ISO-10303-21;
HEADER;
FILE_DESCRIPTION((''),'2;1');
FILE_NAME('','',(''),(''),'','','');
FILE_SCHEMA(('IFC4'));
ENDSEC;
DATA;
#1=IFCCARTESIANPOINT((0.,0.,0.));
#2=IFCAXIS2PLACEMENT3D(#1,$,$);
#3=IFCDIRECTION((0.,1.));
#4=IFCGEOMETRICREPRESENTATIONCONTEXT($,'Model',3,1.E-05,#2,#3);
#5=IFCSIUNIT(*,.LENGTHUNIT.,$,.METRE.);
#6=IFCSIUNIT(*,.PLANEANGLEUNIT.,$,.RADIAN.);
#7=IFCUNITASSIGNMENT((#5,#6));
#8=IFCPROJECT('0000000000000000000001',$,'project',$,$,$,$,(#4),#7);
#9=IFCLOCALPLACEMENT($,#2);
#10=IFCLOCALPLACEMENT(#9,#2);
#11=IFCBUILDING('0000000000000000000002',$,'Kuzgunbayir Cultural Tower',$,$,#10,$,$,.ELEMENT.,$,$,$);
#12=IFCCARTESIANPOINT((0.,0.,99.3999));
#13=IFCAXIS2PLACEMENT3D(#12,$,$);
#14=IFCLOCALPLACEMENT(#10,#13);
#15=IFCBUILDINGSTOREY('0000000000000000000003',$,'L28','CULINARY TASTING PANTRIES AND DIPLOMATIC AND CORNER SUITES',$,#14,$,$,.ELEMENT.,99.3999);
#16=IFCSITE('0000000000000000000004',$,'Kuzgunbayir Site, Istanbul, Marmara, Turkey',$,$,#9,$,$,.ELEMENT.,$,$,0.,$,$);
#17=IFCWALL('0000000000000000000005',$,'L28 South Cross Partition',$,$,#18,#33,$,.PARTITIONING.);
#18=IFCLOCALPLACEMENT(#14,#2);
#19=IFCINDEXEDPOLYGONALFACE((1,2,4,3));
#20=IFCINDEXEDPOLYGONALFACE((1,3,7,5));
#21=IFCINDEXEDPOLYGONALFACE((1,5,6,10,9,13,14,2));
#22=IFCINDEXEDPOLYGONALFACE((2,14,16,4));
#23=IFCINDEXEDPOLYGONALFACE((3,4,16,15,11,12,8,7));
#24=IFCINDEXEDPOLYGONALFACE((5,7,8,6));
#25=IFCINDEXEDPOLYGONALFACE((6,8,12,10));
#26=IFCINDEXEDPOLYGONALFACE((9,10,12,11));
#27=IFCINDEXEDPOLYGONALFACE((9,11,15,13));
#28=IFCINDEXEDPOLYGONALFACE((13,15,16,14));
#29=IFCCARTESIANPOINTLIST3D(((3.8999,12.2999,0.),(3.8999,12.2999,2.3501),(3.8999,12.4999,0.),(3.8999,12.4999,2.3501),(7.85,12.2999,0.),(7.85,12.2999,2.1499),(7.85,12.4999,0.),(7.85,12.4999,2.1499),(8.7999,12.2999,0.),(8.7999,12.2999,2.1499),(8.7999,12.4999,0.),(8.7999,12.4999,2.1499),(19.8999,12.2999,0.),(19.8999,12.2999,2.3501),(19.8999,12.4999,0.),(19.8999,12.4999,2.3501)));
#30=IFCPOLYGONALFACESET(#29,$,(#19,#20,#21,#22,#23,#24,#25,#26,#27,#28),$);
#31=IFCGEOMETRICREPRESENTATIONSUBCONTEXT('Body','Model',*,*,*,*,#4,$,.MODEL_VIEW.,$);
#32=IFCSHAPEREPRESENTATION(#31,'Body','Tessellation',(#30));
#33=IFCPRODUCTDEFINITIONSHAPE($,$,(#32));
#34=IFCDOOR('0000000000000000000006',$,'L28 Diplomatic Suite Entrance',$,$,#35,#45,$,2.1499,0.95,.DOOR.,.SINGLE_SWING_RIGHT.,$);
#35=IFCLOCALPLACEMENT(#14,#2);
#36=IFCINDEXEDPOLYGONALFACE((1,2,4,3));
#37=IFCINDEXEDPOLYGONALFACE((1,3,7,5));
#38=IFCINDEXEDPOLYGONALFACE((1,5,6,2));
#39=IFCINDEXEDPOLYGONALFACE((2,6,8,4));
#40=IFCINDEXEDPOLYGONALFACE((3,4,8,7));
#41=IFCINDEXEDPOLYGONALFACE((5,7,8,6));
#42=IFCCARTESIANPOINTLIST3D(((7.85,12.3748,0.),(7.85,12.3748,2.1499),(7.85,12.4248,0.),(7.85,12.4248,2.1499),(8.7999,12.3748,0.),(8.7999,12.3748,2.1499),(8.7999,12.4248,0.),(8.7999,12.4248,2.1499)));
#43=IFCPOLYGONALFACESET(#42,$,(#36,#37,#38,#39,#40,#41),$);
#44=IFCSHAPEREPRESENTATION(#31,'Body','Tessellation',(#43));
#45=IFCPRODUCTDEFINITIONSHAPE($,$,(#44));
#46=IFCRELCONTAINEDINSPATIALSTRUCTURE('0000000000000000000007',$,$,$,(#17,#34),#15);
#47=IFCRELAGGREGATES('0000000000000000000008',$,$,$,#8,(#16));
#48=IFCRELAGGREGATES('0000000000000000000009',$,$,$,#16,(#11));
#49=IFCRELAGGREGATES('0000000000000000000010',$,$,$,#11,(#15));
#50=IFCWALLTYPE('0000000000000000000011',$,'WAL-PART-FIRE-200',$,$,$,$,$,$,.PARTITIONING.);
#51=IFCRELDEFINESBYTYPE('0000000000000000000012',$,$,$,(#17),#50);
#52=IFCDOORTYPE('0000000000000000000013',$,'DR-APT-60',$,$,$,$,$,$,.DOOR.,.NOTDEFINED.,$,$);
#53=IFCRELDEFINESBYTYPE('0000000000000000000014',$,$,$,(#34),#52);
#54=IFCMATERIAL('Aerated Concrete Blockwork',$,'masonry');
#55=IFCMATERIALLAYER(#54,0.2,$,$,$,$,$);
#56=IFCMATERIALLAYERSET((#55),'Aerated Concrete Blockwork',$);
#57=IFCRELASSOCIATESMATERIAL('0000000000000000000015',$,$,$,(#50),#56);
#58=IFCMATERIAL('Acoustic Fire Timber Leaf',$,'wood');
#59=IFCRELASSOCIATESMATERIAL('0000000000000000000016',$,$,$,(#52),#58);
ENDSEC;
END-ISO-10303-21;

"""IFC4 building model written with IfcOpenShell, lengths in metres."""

from ifc_helpers import new_model, si_unit, direction, frame, frame_2d, origin, place, context, subcontext, project, spatial, rectangle, extrude, material, layer, layer_set, type_object, element, fill, save


model = new_model("IFC4")

# Units and contexts
model_context = context("Model", 3, precision=1e-05, world=origin(), true_north=direction((0.0, 1.0)))
body_context = subcontext(model_context, "Body", "Model", "MODEL_VIEW")
ifc_project = project(units=[si_unit("LENGTHUNIT", "METRE"), si_unit("PLANEANGLEUNIT", "RADIAN")], contexts=[model_context])

# Site, building, storey
site_placement = place(None, origin())
site = spatial("IfcSite", under=ifc_project, at=site_placement, Name="Kuzgunbayir Site, Istanbul, Marmara, Turkey", CompositionType="ELEMENT", RefElevation=0.0)
building_placement = place(site_placement, origin())
building = spatial("IfcBuilding", under=site, at=building_placement, Name="Kuzgunbayir Cultural Tower", CompositionType="ELEMENT")
storey_placement = place(building_placement, frame((0.0, 0.0, 99.3999)))
storey = spatial("IfcBuildingStorey", under=building, at=storey_placement, Name="L28", Description="CULINARY TASTING PANTRIES AND DIPLOMATIC AND CORNER SUITES", CompositionType="ELEMENT", Elevation=99.3999)

# Shared definitions
ifc_material_1 = material(Name="Aerated Concrete Blockwork", Category="masonry")
ifc_layer_1 = layer(ifc_material_1, 0.2)
ifc_layer_set_1 = layer_set([ifc_layer_1], Name="Aerated Concrete Blockwork")
wall_type_1 = type_object("IfcWallType", Name="WAL-PART-FIRE-200", PredefinedType="PARTITIONING", material=ifc_layer_set_1)
ifc_material_2 = material(Name="Acoustic Fire Timber Leaf", Category="wood")
door_type_1 = type_object("IfcDoorType", Name="DR-APT-60", OperationType="NOTDEFINED", PredefinedType="DOOR", material=ifc_material_2)

# Wall, opening, door
wall_1_placement = place(storey_placement, frame((3.8999, 12.3999, 0.0), z_axis=(0.0, 0.0, 1.0), x_axis=(1.0, 0.0, 0.0)))
wall_1 = element("IfcWall", 1, at=wall_1_placement, inside=storey, type_object=wall_type_1, Name="L28 South Cross Partition", PredefinedType="PARTITIONING", context=body_context, shape_type="SweptSolid", body=[
    extrude(rectangle(XDim=16.0, YDim=0.2, at=frame_2d((8.0, 0.0))), origin(), (0.0, 0.0, 1.0), 2.3501),
])
opening_1_placement = place(wall_1_placement, frame((3.95, 0.0, 0.0)))
opening_1 = element("IfcOpeningElement", 2, at=opening_1_placement, cuts=wall_1, PredefinedType="OPENING", context=body_context, shape_type="SweptSolid", body=[
    extrude(rectangle(XDim=0.95, YDim=2.1499, at=frame_2d((0.4751, 1.075))), frame((0.0, 0.1099, 0.0), z_axis=(0.0, -1.0, 0.0), x_axis=(1.0, 0.0, 0.0)), (0.0, 0.0, 1.0), 0.22),
])
door_1_placement = place(opening_1_placement, origin())
door_1 = element("IfcDoor", 3, at=door_1_placement, inside=storey, type_object=door_type_1, Name="L28 Diplomatic Suite Entrance", OperationType="SINGLE_SWING_RIGHT", OverallHeight=2.1499, OverallWidth=0.95, PredefinedType="DOOR", context=body_context, shape_type="SweptSolid", body=[
    extrude(rectangle(XDim=0.95, YDim=2.1499, at=frame_2d((0.4751, 1.075))), frame((0.0, 0.0249, 0.0), z_axis=(0.0, -1.0, 0.0), x_axis=(1.0, 0.0, 0.0)), (0.0, 0.0, 1.0), 0.05),
])
fill(opening_1, door_1)

save(model, "model.ifc")
